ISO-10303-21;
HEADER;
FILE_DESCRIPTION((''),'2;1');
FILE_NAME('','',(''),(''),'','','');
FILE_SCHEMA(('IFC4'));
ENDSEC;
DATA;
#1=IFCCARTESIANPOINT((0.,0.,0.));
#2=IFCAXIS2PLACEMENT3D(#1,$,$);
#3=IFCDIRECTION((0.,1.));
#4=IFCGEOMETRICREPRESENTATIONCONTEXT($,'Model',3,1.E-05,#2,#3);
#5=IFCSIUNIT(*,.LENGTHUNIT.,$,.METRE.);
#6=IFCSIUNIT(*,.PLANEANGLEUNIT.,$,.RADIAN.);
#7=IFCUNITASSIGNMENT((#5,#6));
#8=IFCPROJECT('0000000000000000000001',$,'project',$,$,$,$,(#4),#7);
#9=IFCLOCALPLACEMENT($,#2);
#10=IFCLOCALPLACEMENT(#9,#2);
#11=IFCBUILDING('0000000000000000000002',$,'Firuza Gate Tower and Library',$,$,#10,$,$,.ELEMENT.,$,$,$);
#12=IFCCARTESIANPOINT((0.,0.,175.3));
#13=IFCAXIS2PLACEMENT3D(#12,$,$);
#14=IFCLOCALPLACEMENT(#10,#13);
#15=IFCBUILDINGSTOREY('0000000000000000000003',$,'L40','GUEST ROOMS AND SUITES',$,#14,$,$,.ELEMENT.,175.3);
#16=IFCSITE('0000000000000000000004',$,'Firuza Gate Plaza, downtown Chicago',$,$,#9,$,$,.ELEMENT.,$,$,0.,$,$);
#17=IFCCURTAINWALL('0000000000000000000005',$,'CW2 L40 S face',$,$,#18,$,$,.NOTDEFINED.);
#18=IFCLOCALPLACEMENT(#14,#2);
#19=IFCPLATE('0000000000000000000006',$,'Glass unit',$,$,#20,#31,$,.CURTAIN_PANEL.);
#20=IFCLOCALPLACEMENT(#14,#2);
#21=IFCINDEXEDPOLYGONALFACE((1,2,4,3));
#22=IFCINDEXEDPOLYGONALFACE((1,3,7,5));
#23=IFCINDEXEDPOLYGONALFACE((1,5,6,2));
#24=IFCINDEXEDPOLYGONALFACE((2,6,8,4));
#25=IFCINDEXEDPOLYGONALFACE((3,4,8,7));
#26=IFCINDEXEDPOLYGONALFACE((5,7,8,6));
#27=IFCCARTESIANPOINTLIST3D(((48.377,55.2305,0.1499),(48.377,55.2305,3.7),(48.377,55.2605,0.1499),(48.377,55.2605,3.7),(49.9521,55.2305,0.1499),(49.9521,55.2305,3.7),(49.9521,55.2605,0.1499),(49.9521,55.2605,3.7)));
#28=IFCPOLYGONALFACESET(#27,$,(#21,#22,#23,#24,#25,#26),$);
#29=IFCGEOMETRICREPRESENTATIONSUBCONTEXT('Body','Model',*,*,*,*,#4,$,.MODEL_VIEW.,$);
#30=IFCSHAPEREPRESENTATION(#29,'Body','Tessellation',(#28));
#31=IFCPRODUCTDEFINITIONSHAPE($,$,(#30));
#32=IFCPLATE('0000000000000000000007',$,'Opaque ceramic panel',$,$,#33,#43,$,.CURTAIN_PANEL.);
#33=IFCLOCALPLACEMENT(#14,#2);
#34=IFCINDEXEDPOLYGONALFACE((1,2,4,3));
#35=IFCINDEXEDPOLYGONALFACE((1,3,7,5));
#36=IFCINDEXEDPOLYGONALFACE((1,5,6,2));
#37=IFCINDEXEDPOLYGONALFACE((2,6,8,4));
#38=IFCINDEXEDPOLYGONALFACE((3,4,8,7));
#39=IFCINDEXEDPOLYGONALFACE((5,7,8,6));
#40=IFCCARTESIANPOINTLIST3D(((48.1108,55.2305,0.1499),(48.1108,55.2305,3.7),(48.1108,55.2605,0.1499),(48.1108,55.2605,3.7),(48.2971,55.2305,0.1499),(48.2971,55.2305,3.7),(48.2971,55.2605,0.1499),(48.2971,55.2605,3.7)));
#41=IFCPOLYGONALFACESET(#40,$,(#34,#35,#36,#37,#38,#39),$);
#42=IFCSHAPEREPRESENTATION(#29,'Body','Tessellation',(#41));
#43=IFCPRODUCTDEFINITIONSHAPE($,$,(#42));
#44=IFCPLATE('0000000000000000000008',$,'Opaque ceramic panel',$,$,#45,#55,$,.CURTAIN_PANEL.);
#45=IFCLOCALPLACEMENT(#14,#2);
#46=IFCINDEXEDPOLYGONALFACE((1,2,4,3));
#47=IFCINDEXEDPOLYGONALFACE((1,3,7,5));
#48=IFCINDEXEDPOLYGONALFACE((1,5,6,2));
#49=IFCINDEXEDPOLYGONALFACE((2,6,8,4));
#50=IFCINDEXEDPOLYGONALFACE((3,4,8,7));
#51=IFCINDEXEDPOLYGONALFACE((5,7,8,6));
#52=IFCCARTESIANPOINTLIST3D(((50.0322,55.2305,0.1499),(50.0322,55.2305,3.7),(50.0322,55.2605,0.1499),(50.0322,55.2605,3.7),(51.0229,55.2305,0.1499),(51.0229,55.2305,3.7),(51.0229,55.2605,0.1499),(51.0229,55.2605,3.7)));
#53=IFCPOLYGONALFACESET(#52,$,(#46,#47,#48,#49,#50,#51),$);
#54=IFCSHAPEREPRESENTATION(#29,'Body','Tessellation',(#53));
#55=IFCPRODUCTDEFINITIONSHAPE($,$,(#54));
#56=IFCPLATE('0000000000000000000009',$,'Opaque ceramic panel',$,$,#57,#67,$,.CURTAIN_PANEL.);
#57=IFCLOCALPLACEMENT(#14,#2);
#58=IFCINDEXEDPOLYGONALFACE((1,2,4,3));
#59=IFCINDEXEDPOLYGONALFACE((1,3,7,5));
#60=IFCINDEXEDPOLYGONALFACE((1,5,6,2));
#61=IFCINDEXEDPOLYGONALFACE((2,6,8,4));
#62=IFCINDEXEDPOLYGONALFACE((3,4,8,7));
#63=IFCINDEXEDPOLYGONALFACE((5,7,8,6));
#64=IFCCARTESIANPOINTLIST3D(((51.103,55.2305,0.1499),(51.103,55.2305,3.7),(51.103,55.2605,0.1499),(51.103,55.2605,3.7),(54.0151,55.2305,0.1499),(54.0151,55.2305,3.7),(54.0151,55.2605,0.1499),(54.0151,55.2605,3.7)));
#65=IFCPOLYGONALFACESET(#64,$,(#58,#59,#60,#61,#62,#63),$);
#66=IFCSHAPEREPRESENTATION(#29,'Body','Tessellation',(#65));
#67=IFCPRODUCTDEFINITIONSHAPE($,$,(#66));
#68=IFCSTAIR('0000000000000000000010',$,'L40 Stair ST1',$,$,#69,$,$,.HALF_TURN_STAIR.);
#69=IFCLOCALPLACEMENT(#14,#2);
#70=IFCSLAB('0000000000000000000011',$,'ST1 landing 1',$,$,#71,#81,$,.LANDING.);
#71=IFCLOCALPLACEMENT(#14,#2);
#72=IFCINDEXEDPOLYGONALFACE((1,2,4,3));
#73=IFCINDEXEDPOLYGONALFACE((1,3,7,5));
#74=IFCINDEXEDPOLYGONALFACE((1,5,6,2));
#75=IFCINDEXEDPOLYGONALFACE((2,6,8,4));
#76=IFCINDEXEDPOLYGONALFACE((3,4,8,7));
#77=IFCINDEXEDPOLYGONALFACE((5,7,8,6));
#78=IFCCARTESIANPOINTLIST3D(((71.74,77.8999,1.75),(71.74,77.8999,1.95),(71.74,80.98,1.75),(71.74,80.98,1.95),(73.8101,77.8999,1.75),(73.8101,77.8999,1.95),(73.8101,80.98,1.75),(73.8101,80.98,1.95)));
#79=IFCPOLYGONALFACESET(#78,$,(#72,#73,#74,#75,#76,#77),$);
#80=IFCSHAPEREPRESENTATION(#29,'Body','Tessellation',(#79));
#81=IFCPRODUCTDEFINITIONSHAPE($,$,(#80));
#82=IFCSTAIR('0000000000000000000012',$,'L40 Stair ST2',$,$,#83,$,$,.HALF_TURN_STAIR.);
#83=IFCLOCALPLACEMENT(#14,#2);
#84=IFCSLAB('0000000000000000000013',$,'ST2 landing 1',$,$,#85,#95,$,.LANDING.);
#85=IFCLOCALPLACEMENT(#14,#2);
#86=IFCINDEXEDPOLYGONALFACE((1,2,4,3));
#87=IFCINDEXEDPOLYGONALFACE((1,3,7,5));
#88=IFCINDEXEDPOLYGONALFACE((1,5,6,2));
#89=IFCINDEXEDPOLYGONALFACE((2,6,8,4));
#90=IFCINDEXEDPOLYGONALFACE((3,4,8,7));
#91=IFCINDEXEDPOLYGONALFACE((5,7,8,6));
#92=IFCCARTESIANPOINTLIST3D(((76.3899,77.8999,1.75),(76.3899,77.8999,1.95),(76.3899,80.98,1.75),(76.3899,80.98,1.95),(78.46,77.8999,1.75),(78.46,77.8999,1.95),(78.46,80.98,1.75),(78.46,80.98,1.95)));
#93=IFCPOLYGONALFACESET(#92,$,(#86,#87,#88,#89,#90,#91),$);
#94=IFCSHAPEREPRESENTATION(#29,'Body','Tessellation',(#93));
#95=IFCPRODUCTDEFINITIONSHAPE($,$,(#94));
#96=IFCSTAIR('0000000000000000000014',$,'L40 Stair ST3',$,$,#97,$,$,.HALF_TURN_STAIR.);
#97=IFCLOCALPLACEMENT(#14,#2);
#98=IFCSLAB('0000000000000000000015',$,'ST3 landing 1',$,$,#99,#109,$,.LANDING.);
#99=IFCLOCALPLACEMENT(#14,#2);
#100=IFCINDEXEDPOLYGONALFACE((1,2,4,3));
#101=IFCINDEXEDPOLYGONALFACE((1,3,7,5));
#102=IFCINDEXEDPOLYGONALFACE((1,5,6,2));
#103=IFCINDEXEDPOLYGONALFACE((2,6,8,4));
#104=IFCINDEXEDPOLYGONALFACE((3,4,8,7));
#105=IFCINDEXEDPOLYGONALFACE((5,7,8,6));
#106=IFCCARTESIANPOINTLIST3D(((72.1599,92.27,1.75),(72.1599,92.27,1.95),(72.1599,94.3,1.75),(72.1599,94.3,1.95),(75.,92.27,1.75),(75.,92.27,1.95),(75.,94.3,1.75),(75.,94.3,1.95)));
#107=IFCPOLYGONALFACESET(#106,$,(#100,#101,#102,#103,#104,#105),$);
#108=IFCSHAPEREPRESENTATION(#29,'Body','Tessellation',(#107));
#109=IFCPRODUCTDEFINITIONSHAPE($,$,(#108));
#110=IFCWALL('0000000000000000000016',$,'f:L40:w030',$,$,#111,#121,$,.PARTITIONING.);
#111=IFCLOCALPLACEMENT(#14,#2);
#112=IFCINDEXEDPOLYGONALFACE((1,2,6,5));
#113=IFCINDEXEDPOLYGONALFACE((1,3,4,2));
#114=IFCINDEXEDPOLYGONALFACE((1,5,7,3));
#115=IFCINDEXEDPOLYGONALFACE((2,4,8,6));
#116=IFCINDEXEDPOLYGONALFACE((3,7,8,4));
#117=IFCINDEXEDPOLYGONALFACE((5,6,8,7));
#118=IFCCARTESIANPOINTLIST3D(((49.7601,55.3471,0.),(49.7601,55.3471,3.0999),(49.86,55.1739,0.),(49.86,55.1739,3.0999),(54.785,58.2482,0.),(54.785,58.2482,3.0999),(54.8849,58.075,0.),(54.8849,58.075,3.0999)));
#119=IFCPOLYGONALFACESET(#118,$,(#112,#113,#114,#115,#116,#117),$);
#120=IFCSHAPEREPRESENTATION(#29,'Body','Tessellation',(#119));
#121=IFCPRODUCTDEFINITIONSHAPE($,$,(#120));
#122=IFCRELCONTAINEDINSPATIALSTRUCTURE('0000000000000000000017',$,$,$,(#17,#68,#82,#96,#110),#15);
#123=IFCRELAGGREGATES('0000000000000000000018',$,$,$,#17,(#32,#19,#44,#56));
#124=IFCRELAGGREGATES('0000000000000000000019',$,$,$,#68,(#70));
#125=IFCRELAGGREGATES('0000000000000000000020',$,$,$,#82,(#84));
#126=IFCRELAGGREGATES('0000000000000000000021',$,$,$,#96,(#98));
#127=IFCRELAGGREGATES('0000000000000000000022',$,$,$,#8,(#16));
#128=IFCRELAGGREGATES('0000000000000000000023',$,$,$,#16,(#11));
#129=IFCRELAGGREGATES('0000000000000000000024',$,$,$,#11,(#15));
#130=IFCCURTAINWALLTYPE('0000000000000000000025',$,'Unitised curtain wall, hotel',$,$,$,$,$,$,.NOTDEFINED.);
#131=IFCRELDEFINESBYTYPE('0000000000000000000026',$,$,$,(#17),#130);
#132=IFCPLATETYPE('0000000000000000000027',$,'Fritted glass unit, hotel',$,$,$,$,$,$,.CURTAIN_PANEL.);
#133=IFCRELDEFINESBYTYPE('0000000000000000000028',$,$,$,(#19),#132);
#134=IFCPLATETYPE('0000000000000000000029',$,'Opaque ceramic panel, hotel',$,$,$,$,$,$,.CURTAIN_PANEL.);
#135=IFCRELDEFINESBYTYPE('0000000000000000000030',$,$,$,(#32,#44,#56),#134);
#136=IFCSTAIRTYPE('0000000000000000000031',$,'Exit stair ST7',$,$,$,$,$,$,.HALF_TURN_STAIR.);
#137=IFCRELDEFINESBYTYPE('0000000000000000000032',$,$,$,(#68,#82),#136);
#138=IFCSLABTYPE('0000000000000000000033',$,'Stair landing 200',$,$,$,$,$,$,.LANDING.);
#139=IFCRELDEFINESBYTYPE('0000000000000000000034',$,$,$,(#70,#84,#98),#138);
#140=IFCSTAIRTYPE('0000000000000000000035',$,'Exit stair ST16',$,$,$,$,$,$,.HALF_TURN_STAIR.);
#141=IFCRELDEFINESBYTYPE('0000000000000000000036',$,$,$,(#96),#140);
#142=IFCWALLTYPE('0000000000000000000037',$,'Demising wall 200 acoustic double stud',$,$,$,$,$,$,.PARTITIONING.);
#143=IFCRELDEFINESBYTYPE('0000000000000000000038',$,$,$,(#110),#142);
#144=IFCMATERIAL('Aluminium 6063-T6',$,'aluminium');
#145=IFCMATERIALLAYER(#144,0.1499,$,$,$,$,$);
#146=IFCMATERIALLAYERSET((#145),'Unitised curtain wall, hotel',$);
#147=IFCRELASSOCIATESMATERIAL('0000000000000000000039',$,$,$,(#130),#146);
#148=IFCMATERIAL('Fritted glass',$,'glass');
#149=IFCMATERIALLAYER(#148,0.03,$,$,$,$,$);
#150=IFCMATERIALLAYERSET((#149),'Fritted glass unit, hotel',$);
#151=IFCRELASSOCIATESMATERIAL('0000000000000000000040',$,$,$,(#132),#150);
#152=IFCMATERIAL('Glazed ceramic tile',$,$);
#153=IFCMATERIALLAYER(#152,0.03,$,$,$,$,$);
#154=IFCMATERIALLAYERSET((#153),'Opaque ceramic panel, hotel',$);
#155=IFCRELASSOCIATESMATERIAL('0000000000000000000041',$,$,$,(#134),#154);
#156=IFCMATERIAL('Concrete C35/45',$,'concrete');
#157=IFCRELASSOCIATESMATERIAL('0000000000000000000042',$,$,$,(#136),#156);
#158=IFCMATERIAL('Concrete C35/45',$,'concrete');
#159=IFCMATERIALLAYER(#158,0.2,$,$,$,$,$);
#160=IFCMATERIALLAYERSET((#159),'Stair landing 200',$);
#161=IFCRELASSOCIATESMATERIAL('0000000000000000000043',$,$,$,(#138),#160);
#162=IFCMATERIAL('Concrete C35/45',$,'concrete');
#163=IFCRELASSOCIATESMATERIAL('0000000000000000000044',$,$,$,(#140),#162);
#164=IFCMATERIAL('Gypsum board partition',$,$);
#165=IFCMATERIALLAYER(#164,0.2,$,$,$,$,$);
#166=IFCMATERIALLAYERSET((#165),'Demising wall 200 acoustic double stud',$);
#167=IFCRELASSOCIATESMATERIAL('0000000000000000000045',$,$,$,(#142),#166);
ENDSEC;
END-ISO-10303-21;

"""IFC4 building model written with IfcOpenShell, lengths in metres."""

from ifc_helpers import new_model, si_unit, direction, frame, frame_2d, origin, place, context, subcontext, project, spatial, polyline, rectangle, outline, extrude, material, layer, layer_set, type_object, element, aggregate, save


model = new_model("IFC4")

# Units and contexts
model_context = context("Model", 3, precision=1e-05, world=origin(), true_north=direction((0.0, 1.0)))
body_context = subcontext(model_context, "Body", "Model", "MODEL_VIEW")
ifc_project = project(units=[si_unit("LENGTHUNIT", "METRE"), si_unit("PLANEANGLEUNIT", "RADIAN")], contexts=[model_context])

# Site, building, storey
site_placement = place(None, origin())
site = spatial("IfcSite", under=ifc_project, at=site_placement, Name="Firuza Gate Plaza, downtown Chicago", CompositionType="ELEMENT", RefElevation=0.0)
building_placement = place(site_placement, origin())
building = spatial("IfcBuilding", under=site, at=building_placement, Name="Firuza Gate Tower and Library", CompositionType="ELEMENT")
storey_placement = place(building_placement, frame((0.0, 0.0, 175.3)))
storey = spatial("IfcBuildingStorey", under=building, at=storey_placement, Name="L40", Description="GUEST ROOMS AND SUITES", CompositionType="ELEMENT", Elevation=175.3)

# Curtain wall
ifc_material_1 = material(Name="Aluminium 6063-T6", Category="aluminium")
ifc_layer_1 = layer(ifc_material_1, 0.1499)
ifc_layer_set_1 = layer_set([ifc_layer_1], Name="Unitised curtain wall, hotel")
curtain_wall_type_1 = type_object("IfcCurtainWallType", Name="Unitised curtain wall, hotel", PredefinedType="NOTDEFINED", material=ifc_layer_set_1)
placement_1 = place(storey_placement, origin())
curtain_wall_1 = element("IfcCurtainWall", 1, at=placement_1, inside=storey, type_object=curtain_wall_type_1, Name="CW2 L40 S face", PredefinedType="NOTDEFINED")

# Plates
ifc_material_2 = material(Name="Fritted glass", Category="glass")
ifc_layer_2 = layer(ifc_material_2, 0.03)
ifc_layer_set_2 = layer_set([ifc_layer_2], Name="Fritted glass unit, hotel")
plate_type_1 = type_object("IfcPlateType", Name="Fritted glass unit, hotel", PredefinedType="CURTAIN_PANEL", material=ifc_layer_set_2)
plate_1_placement = place(storey_placement, frame((48.377, 55.2305, 0.1499), z_axis=(0.0, -1.0, 0.0), x_axis=(1.0, 0.0, 0.0)))
plate_1 = element("IfcPlate", 2, at=plate_1_placement, type_object=plate_type_1, Name="Glass unit", PredefinedType="CURTAIN_PANEL", context=body_context, shape_type="SweptSolid", body=[
    extrude(outline(polyline([(0.0, 0.0), (1.5752, 0.0), (1.5752, 3.55), (0.0, 3.55), (0.0, 0.0)])), origin(), (0.0, 0.0, -1.0), 0.03),
])
ifc_material_3 = material(Name="Glazed ceramic tile")
ifc_layer_3 = layer(ifc_material_3, 0.03)
ifc_layer_set_3 = layer_set([ifc_layer_3], Name="Opaque ceramic panel, hotel")
plate_type_2 = type_object("IfcPlateType", Name="Opaque ceramic panel, hotel", PredefinedType="CURTAIN_PANEL", material=ifc_layer_set_3)
plate_2_placement = place(storey_placement, frame((48.1108, 55.2305, 0.1499), z_axis=(0.0, -1.0, 0.0), x_axis=(1.0, 0.0, 0.0)))
plate_2 = element("IfcPlate", 3, at=plate_2_placement, type_object=plate_type_2, Name="Opaque ceramic panel", PredefinedType="CURTAIN_PANEL", context=body_context, shape_type="SweptSolid", body=[
    extrude(outline(polyline([(0.0, 0.0), (0.1863, 0.0), (0.1863, 3.55), (0.0, 3.55), (0.0, 0.0)])), origin(), (0.0, 0.0, -1.0), 0.03),
])
plate_3_placement = place(storey_placement, frame((50.0322, 55.2305, 0.1499), z_axis=(0.0, -1.0, 0.0), x_axis=(1.0, 0.0, 0.0)))
plate_3 = element("IfcPlate", 4, at=plate_3_placement, type_object=plate_type_2, Name="Opaque ceramic panel", PredefinedType="CURTAIN_PANEL", context=body_context, shape_type="SweptSolid", body=[
    extrude(outline(polyline([(0.0, 0.0), (0.9907, 0.0), (0.9907, 3.55), (0.0, 3.55), (0.0, 0.0)])), origin(), (0.0, 0.0, -1.0), 0.03),
])
plate_4_placement = place(storey_placement, frame((51.103, 55.2305, 0.1499), z_axis=(0.0, -1.0, 0.0), x_axis=(1.0, 0.0, 0.0)))
plate_4 = element("IfcPlate", 5, at=plate_4_placement, type_object=plate_type_2, Name="Opaque ceramic panel", PredefinedType="CURTAIN_PANEL", context=body_context, shape_type="SweptSolid", body=[
    extrude(outline(polyline([(0.0, 0.0), (2.9121, 0.0), (2.9121, 3.55), (0.0, 3.55), (0.0, 0.0)])), origin(), (0.0, 0.0, -1.0), 0.03),
])
aggregate(curtain_wall_1, [plate_2, plate_1, plate_3, plate_4])

# Stairs, slabs
ifc_material_4 = material(Name="Concrete C35/45", Category="concrete")
stair_type_1 = type_object("IfcStairType", Name="Exit stair ST7", PredefinedType="HALF_TURN_STAIR", material=ifc_material_4)
stair_1 = element("IfcStair", 6, at=placement_1, inside=storey, type_object=stair_type_1, Name="L40 Stair ST1", PredefinedType="HALF_TURN_STAIR")
ifc_material_5 = material(Name="Concrete C35/45", Category="concrete")
ifc_layer_4 = layer(ifc_material_5, 0.2)
ifc_layer_set_4 = layer_set([ifc_layer_4], Name="Stair landing 200")
slab_type_1 = type_object("IfcSlabType", Name="Stair landing 200", PredefinedType="LANDING", material=ifc_layer_set_4)
placement_2 = place(storey_placement, frame((0.0, 0.0, 1.75)))
slab_1 = element("IfcSlab", 7, at=placement_2, type_object=slab_type_1, Name="ST1 landing 1", PredefinedType="LANDING", context=body_context, shape_type="SweptSolid", body=[
    extrude(outline(polyline([(71.74, 77.8999), (73.8101, 77.8999), (73.8101, 80.98), (71.74, 80.98), (71.74, 77.8999)])), origin(), (0.0, 0.0, 1.0), 0.2),
])
aggregate(stair_1, [slab_1])
stair_2 = element("IfcStair", 8, at=placement_1, inside=storey, type_object=stair_type_1, Name="L40 Stair ST2", PredefinedType="HALF_TURN_STAIR")
slab_2 = element("IfcSlab", 9, at=placement_2, type_object=slab_type_1, Name="ST2 landing 1", PredefinedType="LANDING", context=body_context, shape_type="SweptSolid", body=[
    extrude(outline(polyline([(78.46, 80.98), (76.3899, 80.98), (76.3899, 77.8999), (78.46, 77.8999), (78.46, 80.98)])), origin(), (0.0, 0.0, 1.0), 0.2),
])
aggregate(stair_2, [slab_2])
ifc_material_6 = material(Name="Concrete C35/45", Category="concrete")
stair_type_2 = type_object("IfcStairType", Name="Exit stair ST16", PredefinedType="HALF_TURN_STAIR", material=ifc_material_6)
stair_3 = element("IfcStair", 10, at=placement_1, inside=storey, type_object=stair_type_2, Name="L40 Stair ST3", PredefinedType="HALF_TURN_STAIR")
slab_3 = element("IfcSlab", 11, at=placement_2, type_object=slab_type_1, Name="ST3 landing 1", PredefinedType="LANDING", context=body_context, shape_type="SweptSolid", body=[
    extrude(outline(polyline([(75.0, 92.27), (75.0, 94.3), (72.1599, 94.3), (72.1599, 92.27), (75.0, 92.27)])), origin(), (0.0, 0.0, 1.0), 0.2),
])
aggregate(stair_3, [slab_3])

# Wall
ifc_material_7 = material(Name="Gypsum board partition")
ifc_layer_5 = layer(ifc_material_7, 0.2)
ifc_layer_set_5 = layer_set([ifc_layer_5], Name="Demising wall 200 acoustic double stud")
wall_type = type_object("IfcWallType", Name="Demising wall 200 acoustic double stud", PredefinedType="PARTITIONING", material=ifc_layer_set_5)
wall_placement = place(storey_placement, frame((49.8101, 55.2605, 0.0), z_axis=(0.0, 0.0, 1.0), x_axis=(0.866026, 0.499999, 0.0)))
element("IfcWall", 12, at=wall_placement, inside=storey, type_object=wall_type, Name="f:L40:w030", PredefinedType="PARTITIONING", context=body_context, shape_type="SweptSolid", body=[
    extrude(rectangle(XDim=5.8022, YDim=0.2, at=frame_2d((2.9011, 0.0))), origin(), (0.0, 0.0, 1.0), 3.0999),
])

save(model, "model.ifc")
